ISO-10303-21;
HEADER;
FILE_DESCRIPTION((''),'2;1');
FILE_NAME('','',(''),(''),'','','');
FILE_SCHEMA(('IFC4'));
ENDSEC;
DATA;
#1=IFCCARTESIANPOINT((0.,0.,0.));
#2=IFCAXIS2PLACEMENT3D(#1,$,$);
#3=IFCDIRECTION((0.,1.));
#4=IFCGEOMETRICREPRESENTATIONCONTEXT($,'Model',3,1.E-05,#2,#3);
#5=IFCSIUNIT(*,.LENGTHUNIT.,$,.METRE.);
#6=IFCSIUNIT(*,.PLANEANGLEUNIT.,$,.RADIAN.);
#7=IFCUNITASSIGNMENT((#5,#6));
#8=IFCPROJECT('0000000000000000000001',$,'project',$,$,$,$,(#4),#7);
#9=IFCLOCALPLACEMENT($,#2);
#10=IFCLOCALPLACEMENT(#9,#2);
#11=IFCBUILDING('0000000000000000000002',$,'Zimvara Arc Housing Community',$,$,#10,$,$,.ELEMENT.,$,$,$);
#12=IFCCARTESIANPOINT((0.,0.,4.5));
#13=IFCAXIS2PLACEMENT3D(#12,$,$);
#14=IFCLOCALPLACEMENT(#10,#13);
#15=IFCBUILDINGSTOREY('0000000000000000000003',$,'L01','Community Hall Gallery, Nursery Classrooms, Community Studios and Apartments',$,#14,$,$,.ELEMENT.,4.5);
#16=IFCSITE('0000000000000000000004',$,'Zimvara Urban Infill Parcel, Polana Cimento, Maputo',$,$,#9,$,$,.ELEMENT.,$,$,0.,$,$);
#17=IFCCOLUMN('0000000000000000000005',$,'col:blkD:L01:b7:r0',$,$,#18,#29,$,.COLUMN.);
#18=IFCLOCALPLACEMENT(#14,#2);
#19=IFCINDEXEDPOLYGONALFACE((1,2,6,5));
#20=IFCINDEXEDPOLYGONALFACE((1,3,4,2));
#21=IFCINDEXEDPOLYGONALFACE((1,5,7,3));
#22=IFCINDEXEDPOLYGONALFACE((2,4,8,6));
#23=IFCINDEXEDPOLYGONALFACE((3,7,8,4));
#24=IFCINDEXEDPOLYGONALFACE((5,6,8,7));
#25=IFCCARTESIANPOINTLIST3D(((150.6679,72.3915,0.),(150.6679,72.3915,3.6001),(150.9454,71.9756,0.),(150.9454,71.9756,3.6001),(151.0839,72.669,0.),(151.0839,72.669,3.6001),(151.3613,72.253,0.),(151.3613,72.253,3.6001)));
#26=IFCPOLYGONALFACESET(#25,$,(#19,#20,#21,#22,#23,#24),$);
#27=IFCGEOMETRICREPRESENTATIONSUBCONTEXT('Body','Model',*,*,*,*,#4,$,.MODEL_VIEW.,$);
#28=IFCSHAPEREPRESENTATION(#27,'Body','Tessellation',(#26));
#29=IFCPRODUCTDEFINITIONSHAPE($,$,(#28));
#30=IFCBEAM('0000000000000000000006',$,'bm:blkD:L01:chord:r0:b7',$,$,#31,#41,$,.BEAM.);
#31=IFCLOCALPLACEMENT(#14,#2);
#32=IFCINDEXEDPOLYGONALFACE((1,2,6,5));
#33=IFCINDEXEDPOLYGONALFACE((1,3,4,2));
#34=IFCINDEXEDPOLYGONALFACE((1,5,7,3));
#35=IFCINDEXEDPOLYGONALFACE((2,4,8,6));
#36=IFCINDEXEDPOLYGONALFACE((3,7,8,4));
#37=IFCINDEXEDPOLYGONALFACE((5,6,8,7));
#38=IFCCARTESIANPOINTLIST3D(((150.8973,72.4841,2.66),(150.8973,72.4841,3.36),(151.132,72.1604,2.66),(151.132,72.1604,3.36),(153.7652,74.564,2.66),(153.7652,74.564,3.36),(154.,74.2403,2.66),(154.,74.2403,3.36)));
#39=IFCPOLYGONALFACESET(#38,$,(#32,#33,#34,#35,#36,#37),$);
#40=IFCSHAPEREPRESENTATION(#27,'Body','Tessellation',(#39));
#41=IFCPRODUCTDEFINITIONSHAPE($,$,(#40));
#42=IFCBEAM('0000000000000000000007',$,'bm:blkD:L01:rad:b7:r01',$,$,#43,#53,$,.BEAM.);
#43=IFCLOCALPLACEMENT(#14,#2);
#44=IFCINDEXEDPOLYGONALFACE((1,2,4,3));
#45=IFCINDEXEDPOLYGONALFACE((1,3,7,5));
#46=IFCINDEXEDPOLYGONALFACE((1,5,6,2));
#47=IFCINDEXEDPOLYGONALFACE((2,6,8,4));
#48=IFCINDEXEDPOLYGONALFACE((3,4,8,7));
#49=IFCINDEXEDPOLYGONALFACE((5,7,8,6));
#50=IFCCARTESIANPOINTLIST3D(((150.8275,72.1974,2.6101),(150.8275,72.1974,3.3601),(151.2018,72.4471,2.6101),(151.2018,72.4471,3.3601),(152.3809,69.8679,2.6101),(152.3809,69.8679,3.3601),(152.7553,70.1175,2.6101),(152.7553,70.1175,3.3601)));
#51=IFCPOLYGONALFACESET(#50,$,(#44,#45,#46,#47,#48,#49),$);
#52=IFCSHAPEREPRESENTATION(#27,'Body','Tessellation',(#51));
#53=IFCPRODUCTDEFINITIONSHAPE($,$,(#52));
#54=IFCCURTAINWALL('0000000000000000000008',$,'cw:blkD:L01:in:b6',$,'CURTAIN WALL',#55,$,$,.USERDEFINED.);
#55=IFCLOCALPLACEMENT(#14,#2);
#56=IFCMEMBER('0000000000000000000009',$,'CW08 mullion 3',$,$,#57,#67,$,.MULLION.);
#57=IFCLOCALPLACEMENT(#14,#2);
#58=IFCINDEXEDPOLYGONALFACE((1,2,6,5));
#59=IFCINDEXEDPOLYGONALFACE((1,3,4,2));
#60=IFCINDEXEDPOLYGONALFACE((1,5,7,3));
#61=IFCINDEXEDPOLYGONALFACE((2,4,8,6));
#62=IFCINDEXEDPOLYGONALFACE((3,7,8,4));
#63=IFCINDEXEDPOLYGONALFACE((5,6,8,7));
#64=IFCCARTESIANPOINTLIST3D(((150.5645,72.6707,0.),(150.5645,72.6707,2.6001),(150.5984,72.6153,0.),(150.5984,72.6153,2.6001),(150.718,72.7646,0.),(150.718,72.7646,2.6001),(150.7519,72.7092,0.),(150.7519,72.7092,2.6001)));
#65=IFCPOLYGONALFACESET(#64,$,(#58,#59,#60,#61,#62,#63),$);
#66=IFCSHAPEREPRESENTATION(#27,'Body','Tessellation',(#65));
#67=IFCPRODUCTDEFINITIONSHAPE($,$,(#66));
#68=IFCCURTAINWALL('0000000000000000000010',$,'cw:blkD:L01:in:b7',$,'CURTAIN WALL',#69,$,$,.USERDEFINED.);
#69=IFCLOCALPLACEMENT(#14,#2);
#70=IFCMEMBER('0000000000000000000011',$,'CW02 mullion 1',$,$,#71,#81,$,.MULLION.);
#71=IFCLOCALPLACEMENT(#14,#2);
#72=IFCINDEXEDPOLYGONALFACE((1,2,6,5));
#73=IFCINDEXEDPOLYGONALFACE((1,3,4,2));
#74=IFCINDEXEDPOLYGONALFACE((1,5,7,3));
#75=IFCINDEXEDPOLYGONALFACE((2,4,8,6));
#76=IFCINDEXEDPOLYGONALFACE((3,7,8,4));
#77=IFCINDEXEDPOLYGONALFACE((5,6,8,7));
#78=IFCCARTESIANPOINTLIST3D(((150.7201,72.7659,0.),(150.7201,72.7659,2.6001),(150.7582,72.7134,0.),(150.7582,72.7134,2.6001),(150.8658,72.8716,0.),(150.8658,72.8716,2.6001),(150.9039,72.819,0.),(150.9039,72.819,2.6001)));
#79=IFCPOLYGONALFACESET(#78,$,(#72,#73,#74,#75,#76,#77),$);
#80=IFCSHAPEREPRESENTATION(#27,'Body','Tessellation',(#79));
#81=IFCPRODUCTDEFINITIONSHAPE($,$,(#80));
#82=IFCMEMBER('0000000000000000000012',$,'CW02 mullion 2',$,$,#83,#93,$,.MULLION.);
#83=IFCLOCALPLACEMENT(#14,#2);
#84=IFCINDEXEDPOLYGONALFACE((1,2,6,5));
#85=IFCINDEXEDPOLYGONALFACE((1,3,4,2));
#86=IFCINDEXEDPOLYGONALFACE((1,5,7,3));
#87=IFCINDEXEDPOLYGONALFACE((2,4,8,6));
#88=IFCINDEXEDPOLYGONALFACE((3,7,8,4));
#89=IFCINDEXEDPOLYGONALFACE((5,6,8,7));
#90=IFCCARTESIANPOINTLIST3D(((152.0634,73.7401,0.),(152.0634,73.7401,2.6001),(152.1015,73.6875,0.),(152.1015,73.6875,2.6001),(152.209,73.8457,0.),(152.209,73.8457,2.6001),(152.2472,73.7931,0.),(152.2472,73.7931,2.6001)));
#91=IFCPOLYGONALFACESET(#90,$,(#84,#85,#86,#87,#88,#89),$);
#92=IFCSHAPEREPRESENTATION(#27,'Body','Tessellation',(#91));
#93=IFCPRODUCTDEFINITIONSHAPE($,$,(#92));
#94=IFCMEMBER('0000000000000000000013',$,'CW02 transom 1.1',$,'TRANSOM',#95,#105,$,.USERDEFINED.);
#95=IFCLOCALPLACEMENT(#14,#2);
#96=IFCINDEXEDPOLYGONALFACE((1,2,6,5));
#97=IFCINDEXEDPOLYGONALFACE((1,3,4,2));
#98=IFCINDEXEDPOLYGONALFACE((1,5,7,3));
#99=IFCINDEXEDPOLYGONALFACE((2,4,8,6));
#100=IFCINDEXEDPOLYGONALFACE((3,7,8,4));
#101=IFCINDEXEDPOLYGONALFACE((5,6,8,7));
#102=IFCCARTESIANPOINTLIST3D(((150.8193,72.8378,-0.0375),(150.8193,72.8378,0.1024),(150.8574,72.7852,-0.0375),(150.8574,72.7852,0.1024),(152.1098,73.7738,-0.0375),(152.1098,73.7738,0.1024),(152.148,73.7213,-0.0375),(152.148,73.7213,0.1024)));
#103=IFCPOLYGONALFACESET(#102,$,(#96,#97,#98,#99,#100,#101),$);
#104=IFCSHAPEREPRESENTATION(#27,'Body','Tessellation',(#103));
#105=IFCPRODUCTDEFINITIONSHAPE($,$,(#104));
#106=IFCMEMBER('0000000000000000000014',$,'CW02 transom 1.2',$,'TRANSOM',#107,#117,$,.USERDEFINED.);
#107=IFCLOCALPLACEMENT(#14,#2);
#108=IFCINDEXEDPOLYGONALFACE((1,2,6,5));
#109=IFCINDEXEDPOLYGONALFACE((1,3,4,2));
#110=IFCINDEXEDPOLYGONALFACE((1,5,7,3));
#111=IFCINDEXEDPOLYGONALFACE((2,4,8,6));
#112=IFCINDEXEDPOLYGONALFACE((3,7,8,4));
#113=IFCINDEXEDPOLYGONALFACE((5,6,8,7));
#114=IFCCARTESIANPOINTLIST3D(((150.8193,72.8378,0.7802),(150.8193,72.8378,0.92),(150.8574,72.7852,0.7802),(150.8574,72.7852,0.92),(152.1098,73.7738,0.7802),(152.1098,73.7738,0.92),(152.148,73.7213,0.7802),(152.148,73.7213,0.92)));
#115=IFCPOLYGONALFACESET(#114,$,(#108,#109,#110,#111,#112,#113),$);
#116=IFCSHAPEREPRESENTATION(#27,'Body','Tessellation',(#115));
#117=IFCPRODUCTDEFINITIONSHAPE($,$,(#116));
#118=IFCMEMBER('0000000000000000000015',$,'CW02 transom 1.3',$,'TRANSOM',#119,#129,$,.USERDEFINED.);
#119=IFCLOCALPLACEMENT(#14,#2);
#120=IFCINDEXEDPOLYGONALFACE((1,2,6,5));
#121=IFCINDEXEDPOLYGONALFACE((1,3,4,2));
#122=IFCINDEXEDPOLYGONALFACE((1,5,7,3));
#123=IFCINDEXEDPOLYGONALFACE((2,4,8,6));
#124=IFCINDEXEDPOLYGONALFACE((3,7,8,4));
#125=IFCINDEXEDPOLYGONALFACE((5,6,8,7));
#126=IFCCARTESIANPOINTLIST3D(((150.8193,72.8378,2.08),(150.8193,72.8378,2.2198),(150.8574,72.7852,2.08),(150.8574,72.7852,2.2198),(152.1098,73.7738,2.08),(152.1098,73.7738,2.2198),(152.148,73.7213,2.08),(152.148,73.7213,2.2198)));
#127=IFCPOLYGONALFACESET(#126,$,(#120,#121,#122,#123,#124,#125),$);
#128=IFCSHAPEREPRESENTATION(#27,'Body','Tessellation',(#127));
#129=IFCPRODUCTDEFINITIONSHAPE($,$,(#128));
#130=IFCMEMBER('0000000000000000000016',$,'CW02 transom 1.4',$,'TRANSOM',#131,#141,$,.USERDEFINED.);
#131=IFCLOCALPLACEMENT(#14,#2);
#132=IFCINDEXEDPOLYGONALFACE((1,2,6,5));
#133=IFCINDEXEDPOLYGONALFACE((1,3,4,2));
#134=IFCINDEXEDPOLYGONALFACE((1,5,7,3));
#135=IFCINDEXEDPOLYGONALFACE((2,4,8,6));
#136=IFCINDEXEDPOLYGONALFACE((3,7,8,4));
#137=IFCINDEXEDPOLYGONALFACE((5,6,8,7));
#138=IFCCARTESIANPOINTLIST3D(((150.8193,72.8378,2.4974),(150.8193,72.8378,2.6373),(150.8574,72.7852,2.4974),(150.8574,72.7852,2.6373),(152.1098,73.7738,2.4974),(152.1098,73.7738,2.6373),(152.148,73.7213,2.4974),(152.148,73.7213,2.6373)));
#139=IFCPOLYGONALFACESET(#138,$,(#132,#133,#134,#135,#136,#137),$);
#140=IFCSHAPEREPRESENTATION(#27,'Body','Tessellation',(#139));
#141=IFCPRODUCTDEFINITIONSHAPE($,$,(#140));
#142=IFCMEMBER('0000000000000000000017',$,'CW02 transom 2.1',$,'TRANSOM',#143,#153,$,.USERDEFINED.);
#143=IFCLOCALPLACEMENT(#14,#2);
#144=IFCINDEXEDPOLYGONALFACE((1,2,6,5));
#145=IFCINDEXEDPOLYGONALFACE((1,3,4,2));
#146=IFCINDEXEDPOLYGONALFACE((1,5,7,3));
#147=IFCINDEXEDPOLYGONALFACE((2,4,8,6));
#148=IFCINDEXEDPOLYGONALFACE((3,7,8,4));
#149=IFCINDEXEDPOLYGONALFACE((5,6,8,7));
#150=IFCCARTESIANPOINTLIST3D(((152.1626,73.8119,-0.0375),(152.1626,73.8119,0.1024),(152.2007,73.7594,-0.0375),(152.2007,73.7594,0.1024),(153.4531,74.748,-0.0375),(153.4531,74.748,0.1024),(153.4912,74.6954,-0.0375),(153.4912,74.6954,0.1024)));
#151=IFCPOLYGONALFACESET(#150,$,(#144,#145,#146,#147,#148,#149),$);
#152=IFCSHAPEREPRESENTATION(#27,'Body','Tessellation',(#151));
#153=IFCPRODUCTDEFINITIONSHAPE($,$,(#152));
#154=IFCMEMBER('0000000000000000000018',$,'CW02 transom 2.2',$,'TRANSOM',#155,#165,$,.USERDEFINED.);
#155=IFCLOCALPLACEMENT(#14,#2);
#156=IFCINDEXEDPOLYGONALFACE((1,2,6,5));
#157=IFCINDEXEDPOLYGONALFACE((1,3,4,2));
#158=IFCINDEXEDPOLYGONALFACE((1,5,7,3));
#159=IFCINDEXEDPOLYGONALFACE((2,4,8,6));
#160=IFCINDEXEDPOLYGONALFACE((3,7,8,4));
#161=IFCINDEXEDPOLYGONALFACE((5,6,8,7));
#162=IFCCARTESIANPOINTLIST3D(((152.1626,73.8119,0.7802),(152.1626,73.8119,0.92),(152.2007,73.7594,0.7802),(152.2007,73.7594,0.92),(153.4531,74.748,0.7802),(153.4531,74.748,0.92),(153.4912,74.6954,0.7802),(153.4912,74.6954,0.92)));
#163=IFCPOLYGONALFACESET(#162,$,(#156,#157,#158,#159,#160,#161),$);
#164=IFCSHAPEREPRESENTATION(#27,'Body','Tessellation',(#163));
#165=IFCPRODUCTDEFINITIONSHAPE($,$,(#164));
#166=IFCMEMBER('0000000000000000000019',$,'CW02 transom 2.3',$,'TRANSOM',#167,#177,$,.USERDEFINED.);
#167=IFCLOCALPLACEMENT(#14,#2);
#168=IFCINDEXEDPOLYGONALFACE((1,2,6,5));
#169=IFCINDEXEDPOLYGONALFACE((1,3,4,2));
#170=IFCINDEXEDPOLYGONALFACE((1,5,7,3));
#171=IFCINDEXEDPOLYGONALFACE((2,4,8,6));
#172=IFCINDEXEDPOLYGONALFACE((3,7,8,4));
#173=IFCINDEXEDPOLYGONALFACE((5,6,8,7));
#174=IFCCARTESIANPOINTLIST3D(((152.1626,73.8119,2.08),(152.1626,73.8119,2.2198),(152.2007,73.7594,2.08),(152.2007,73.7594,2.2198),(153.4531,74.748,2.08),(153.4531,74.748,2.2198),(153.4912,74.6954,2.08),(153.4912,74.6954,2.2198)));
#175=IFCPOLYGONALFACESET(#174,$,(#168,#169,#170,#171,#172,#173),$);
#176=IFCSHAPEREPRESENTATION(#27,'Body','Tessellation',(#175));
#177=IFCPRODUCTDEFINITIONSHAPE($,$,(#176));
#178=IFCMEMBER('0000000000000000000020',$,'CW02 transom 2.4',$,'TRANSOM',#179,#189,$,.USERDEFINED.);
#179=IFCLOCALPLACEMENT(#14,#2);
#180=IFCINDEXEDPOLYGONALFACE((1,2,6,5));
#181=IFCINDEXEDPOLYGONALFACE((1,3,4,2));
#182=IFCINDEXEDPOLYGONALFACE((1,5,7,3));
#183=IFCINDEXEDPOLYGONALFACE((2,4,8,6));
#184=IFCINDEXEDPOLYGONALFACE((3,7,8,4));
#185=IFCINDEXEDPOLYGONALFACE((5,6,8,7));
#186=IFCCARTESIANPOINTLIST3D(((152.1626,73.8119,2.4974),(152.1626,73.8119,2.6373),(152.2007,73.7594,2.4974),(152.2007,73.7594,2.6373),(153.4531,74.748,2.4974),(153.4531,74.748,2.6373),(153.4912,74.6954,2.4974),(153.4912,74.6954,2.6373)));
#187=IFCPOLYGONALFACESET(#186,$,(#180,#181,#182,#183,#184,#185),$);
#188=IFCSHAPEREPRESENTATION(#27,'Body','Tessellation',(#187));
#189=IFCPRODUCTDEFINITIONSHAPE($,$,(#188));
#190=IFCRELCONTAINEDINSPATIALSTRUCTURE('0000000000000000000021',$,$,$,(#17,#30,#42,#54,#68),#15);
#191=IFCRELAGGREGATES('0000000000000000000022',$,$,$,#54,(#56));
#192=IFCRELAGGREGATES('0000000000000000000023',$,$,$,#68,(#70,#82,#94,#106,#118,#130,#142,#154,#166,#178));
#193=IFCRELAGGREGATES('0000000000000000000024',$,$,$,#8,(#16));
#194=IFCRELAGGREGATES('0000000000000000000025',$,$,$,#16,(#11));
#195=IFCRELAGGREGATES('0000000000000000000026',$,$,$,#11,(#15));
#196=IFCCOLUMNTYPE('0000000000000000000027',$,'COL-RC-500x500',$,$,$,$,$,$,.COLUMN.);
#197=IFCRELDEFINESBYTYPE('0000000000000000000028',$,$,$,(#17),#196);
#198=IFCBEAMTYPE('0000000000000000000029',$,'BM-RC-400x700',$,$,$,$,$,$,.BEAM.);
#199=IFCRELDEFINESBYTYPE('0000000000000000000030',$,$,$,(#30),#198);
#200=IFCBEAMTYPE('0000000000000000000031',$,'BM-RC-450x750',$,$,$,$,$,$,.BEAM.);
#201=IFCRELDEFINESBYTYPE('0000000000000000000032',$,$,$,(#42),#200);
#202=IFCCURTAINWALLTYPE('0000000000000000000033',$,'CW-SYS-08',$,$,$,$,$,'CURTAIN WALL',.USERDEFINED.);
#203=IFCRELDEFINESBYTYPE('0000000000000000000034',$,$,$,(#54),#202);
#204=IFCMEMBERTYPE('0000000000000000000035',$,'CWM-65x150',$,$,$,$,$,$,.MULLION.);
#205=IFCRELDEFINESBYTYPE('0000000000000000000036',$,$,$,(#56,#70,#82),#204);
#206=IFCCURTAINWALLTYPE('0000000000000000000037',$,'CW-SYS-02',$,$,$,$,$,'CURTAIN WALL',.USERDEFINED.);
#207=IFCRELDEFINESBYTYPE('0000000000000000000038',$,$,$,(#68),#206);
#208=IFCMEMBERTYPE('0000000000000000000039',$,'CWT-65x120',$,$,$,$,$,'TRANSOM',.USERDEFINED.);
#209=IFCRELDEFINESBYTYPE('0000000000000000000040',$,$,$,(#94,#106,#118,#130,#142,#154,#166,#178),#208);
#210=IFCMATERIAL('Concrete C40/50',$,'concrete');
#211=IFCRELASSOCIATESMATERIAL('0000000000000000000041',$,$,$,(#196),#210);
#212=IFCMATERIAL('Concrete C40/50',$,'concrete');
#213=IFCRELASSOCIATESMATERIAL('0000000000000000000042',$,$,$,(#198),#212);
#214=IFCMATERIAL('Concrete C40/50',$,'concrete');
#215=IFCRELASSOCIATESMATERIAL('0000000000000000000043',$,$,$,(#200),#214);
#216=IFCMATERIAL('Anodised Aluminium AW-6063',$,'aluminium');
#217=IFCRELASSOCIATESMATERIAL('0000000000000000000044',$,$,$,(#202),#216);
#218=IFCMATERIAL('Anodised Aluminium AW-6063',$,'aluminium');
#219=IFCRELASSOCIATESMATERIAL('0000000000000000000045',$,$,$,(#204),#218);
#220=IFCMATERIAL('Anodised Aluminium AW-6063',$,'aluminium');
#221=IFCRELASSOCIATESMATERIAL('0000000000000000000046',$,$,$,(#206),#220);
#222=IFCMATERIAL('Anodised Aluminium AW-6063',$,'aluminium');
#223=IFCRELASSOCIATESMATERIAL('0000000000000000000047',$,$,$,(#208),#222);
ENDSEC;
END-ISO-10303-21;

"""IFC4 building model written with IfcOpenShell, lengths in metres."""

from ifc_helpers import new_model, si_unit, direction, frame, origin, origin_2d, place, context, subcontext, project, spatial, rectangle, extrude, material, material_profile, profile_set, type_object, element, aggregate, save


model = new_model("IFC4")

# Units and contexts
model_context = context("Model", 3, precision=1e-05, world=origin(), true_north=direction((0.0, 1.0)))
body_context = subcontext(model_context, "Body", "Model", "MODEL_VIEW")
ifc_project = project(units=[si_unit("LENGTHUNIT", "METRE"), si_unit("PLANEANGLEUNIT", "RADIAN")], contexts=[model_context])

# Site, building, storey
site_placement = place(None, origin())
site = spatial("IfcSite", under=ifc_project, at=site_placement, Name="Zimvara Urban Infill Parcel, Polana Cimento, Maputo", CompositionType="ELEMENT", RefElevation=0.0)
building_placement = place(site_placement, origin())
building = spatial("IfcBuilding", under=site, at=building_placement, Name="Zimvara Arc Housing Community", CompositionType="ELEMENT")
storey_placement = place(building_placement, frame((0.0, 0.0, 4.5)))
storey = spatial("IfcBuildingStorey", under=building, at=storey_placement, Name="L01", Description="Community Hall Gallery, Nursery Classrooms, Community Studios and Apartments", CompositionType="ELEMENT", Elevation=4.5)

# Column
ifc_material_1 = material(Name="Concrete C40/50", Category="concrete")
ifc_material_profile_1 = material_profile(ifc_material_1, rectangle(XDim=0.5, YDim=0.5, at=origin_2d()), Name="RC 500x500")
ifc_profile_set_1 = profile_set([ifc_material_profile_1], Name="Concrete C40/50")
column_type = type_object("IfcColumnType", Name="COL-RC-500x500", PredefinedType="COLUMN", material=ifc_profile_set_1)
column_placement = place(storey_placement, frame((151.0146, 72.3223, 0.0), z_axis=(0.0, 0.0, 1.0), x_axis=(0.554844, -0.831954, 0.0)))
element("IfcColumn", 1, at=column_placement, inside=storey, type_object=column_type, Name="col:blkD:L01:b7:r0", PredefinedType="COLUMN", context=body_context, shape_type="SweptSolid", body=[
    extrude(rectangle(XDim=0.5, YDim=0.5, at=origin_2d()), origin(), (0.0, 0.0, 1.0), 3.6001),
])

# Beams
ifc_material_2 = material(Name="Concrete C40/50", Category="concrete")
ifc_material_profile_2 = material_profile(ifc_material_2, rectangle(XDim=0.3999, YDim=0.7, at=origin_2d()), Name="RC 400x700")
ifc_profile_set_2 = profile_set([ifc_material_profile_2], Name="Concrete C40/50")
beam_type_1 = type_object("IfcBeamType", Name="BM-RC-400x700", PredefinedType="BEAM", material=ifc_profile_set_2)
beam_1_placement = place(storey_placement, frame((151.0146, 72.3223, 3.01), z_axis=(0.809531, 0.587077, 0.0), x_axis=(-0.587077, 0.809531, 0.0)))
element("IfcBeam", 2, at=beam_1_placement, inside=storey, type_object=beam_type_1, Name="bm:blkD:L01:chord:r0:b7", PredefinedType="BEAM", context=body_context, shape_type="SweptSolid", body=[
    extrude(rectangle(XDim=0.3999, YDim=0.7, at=origin_2d()), origin(), (0.0, 0.0, 1.0), 3.5427),
])
ifc_material_3 = material(Name="Concrete C40/50", Category="concrete")
ifc_material_profile_3 = material_profile(ifc_material_3, rectangle(XDim=0.45, YDim=0.75, at=origin_2d()), Name="RC 450x750")
ifc_profile_set_3 = profile_set([ifc_material_profile_3], Name="Concrete C40/50")
beam_type_2 = type_object("IfcBeamType", Name="BM-RC-450x750", PredefinedType="BEAM", material=ifc_profile_set_3)
beam_2_placement = place(storey_placement, frame((151.0146, 72.3223, 2.9851), z_axis=(0.554801, -0.831983, 0.0), x_axis=(0.831983, 0.554801, 0.0)))
element("IfcBeam", 3, at=beam_2_placement, inside=storey, type_object=beam_type_2, Name="bm:blkD:L01:rad:b7:r01", PredefinedType="BEAM", context=body_context, shape_type="SweptSolid", body=[
    extrude(rectangle(XDim=0.45, YDim=0.75, at=origin_2d()), origin(), (0.0, 0.0, 1.0), 2.8),
])

# Curtain wall, member
ifc_material_4 = material(Name="Anodised Aluminium AW-6063", Category="aluminium")
curtain_wall_type_1 = type_object("IfcCurtainWallType", Name="CW-SYS-08", ElementType="CURTAIN WALL", PredefinedType="USERDEFINED", material=ifc_material_4)
curtain_wall_1_placement = place(storey_placement, origin())
curtain_wall_1 = element("IfcCurtainWall", 4, at=curtain_wall_1_placement, inside=storey, type_object=curtain_wall_type_1, Name="cw:blkD:L01:in:b6", ObjectType="CURTAIN WALL", PredefinedType="USERDEFINED")
ifc_material_5 = material(Name="Anodised Aluminium AW-6063", Category="aluminium")
ifc_material_profile_4 = material_profile(ifc_material_5, rectangle(XDim=0.0649, YDim=0.1799, at=origin_2d()), Name="ALU 65x180")
ifc_profile_set_4 = profile_set([ifc_material_profile_4], Name="Anodised Aluminium AW-6063")
member_type_1 = type_object("IfcMemberType", Name="CWM-65x150", PredefinedType="MULLION", material=ifc_profile_set_4)
member_1_placement = place(storey_placement, frame((150.6582, 72.6899, 0.0), z_axis=(0.0, 0.0, 1.0), x_axis=(-0.521754, 0.853096, 0.0)))
member_1 = element("IfcMember", 5, at=member_1_placement, type_object=member_type_1, Name="CW08 mullion 3", PredefinedType="MULLION", context=body_context, shape_type="SweptSolid", body=[
    extrude(rectangle(XDim=0.0649, YDim=0.1799, at=origin_2d()), origin(), (0.0, 0.0, 1.0), 2.6001),
])

# Curtain wall, members
ifc_material_6 = material(Name="Anodised Aluminium AW-6063", Category="aluminium")
curtain_wall_type_2 = type_object("IfcCurtainWallType", Name="CW-SYS-02", ElementType="CURTAIN WALL", PredefinedType="USERDEFINED", material=ifc_material_6)
curtain_wall_2_placement = place(storey_placement, origin())
curtain_wall_2 = element("IfcCurtainWall", 6, at=curtain_wall_2_placement, inside=storey, type_object=curtain_wall_type_2, Name="cw:blkD:L01:in:b7", ObjectType="CURTAIN WALL", PredefinedType="USERDEFINED")
member_2_placement = place(storey_placement, frame((150.812, 72.7925, 0.0), z_axis=(0.0, 0.0, 1.0), x_axis=(-0.587079, 0.809529, 0.0)))
member_2 = element("IfcMember", 7, at=member_2_placement, type_object=member_type_1, Name="CW02 mullion 1", PredefinedType="MULLION", context=body_context, shape_type="SweptSolid", body=[
    extrude(rectangle(XDim=0.0649, YDim=0.1799, at=origin_2d()), origin(), (0.0, 0.0, 1.0), 2.6001),
])
member_3_placement = place(storey_placement, frame((152.1553, 73.7666, 0.0), z_axis=(0.0, 0.0, 1.0), x_axis=(-0.587079, 0.809529, 0.0)))
member_3 = element("IfcMember", 8, at=member_3_placement, type_object=member_type_1, Name="CW02 mullion 2", PredefinedType="MULLION", context=body_context, shape_type="SweptSolid", body=[
    extrude(rectangle(XDim=0.0649, YDim=0.1799, at=origin_2d()), origin(), (0.0, 0.0, 1.0), 2.6001),
])
ifc_material_7 = material(Name="Anodised Aluminium AW-6063", Category="aluminium")
ifc_material_profile_5 = material_profile(ifc_material_7, rectangle(XDim=0.0649, YDim=0.1399, at=origin_2d()), Name="ALU 65x140")
ifc_profile_set_5 = profile_set([ifc_material_profile_5], Name="Anodised Aluminium AW-6063")
member_type_2 = type_object("IfcMemberType", Name="CWT-65x120", ElementType="TRANSOM", PredefinedType="USERDEFINED", material=ifc_profile_set_5)
member_4_placement = place(storey_placement, frame((150.8384, 72.8115, 0.0325), z_axis=(0.80949, 0.587133, 0.0), x_axis=(-0.587133, 0.80949, 0.0)))
member_4 = element("IfcMember", 9, at=member_4_placement, type_object=member_type_2, Name="CW02 transom 1.1", ObjectType="TRANSOM", PredefinedType="USERDEFINED", context=body_context, shape_type="SweptSolid", body=[
    extrude(rectangle(XDim=0.0649, YDim=0.1399, at=origin_2d()), origin(), (0.0, 0.0, 1.0), 1.5942),
])
member_5_placement = place(storey_placement, frame((150.8384, 72.8115, 0.8501), z_axis=(0.80949, 0.587133, 0.0), x_axis=(-0.587133, 0.80949, 0.0)))
member_5 = element("IfcMember", 10, at=member_5_placement, type_object=member_type_2, Name="CW02 transom 1.2", ObjectType="TRANSOM", PredefinedType="USERDEFINED", context=body_context, shape_type="SweptSolid", body=[
    extrude(rectangle(XDim=0.0649, YDim=0.1399, at=origin_2d()), origin(), (0.0, 0.0, 1.0), 1.5942),
])
member_6_placement = place(storey_placement, frame((150.8384, 72.8115, 2.1499), z_axis=(0.80949, 0.587133, 0.0), x_axis=(-0.587133, 0.80949, 0.0)))
member_6 = element("IfcMember", 11, at=member_6_placement, type_object=member_type_2, Name="CW02 transom 1.3", ObjectType="TRANSOM", PredefinedType="USERDEFINED", context=body_context, shape_type="SweptSolid", body=[
    extrude(rectangle(XDim=0.0649, YDim=0.1399, at=origin_2d()), origin(), (0.0, 0.0, 1.0), 1.5942),
])
member_7_placement = place(storey_placement, frame((150.8384, 72.8115, 2.5674), z_axis=(0.80949, 0.587133, 0.0), x_axis=(-0.587133, 0.80949, 0.0)))
member_7 = element("IfcMember", 12, at=member_7_placement, type_object=member_type_2, Name="CW02 transom 1.4", ObjectType="TRANSOM", PredefinedType="USERDEFINED", context=body_context, shape_type="SweptSolid", body=[
    extrude(rectangle(XDim=0.0649, YDim=0.1399, at=origin_2d()), origin(), (0.0, 0.0, 1.0), 1.5942),
])
member_8_placement = place(storey_placement, frame((152.1816, 73.7856, 0.0325), z_axis=(0.80949, 0.587133, 0.0), x_axis=(-0.587133, 0.80949, 0.0)))
member_8 = element("IfcMember", 13, at=member_8_placement, type_object=member_type_2, Name="CW02 transom 2.1", ObjectType="TRANSOM", PredefinedType="USERDEFINED", context=body_context, shape_type="SweptSolid", body=[
    extrude(rectangle(XDim=0.0649, YDim=0.1399, at=origin_2d()), origin(), (0.0, 0.0, 1.0), 1.5942),
])
member_9_placement = place(storey_placement, frame((152.1816, 73.7856, 0.8501), z_axis=(0.80949, 0.587133, 0.0), x_axis=(-0.587133, 0.80949, 0.0)))
member_9 = element("IfcMember", 14, at=member_9_placement, type_object=member_type_2, Name="CW02 transom 2.2", ObjectType="TRANSOM", PredefinedType="USERDEFINED", context=body_context, shape_type="SweptSolid", body=[
    extrude(rectangle(XDim=0.0649, YDim=0.1399, at=origin_2d()), origin(), (0.0, 0.0, 1.0), 1.5942),
])
member_10_placement = place(storey_placement, frame((152.1816, 73.7856, 2.1499), z_axis=(0.80949, 0.587133, 0.0), x_axis=(-0.587133, 0.80949, 0.0)))
member_10 = element("IfcMember", 15, at=member_10_placement, type_object=member_type_2, Name="CW02 transom 2.3", ObjectType="TRANSOM", PredefinedType="USERDEFINED", context=body_context, shape_type="SweptSolid", body=[
    extrude(rectangle(XDim=0.0649, YDim=0.1399, at=origin_2d()), origin(), (0.0, 0.0, 1.0), 1.5942),
])
member_11_placement = place(storey_placement, frame((152.1816, 73.7856, 2.5674), z_axis=(0.80949, 0.587133, 0.0), x_axis=(-0.587133, 0.80949, 0.0)))
member_11 = element("IfcMember", 16, at=member_11_placement, type_object=member_type_2, Name="CW02 transom 2.4", ObjectType="TRANSOM", PredefinedType="USERDEFINED", context=body_context, shape_type="SweptSolid", body=[
    extrude(rectangle(XDim=0.0649, YDim=0.1399, at=origin_2d()), origin(), (0.0, 0.0, 1.0), 1.5942),
])

aggregate(curtain_wall_1, [member_1])
aggregate(curtain_wall_2, [member_2, member_3, member_4, member_5, member_6, member_7, member_8, member_9, member_10, member_11])

save(model, "model.ifc")
